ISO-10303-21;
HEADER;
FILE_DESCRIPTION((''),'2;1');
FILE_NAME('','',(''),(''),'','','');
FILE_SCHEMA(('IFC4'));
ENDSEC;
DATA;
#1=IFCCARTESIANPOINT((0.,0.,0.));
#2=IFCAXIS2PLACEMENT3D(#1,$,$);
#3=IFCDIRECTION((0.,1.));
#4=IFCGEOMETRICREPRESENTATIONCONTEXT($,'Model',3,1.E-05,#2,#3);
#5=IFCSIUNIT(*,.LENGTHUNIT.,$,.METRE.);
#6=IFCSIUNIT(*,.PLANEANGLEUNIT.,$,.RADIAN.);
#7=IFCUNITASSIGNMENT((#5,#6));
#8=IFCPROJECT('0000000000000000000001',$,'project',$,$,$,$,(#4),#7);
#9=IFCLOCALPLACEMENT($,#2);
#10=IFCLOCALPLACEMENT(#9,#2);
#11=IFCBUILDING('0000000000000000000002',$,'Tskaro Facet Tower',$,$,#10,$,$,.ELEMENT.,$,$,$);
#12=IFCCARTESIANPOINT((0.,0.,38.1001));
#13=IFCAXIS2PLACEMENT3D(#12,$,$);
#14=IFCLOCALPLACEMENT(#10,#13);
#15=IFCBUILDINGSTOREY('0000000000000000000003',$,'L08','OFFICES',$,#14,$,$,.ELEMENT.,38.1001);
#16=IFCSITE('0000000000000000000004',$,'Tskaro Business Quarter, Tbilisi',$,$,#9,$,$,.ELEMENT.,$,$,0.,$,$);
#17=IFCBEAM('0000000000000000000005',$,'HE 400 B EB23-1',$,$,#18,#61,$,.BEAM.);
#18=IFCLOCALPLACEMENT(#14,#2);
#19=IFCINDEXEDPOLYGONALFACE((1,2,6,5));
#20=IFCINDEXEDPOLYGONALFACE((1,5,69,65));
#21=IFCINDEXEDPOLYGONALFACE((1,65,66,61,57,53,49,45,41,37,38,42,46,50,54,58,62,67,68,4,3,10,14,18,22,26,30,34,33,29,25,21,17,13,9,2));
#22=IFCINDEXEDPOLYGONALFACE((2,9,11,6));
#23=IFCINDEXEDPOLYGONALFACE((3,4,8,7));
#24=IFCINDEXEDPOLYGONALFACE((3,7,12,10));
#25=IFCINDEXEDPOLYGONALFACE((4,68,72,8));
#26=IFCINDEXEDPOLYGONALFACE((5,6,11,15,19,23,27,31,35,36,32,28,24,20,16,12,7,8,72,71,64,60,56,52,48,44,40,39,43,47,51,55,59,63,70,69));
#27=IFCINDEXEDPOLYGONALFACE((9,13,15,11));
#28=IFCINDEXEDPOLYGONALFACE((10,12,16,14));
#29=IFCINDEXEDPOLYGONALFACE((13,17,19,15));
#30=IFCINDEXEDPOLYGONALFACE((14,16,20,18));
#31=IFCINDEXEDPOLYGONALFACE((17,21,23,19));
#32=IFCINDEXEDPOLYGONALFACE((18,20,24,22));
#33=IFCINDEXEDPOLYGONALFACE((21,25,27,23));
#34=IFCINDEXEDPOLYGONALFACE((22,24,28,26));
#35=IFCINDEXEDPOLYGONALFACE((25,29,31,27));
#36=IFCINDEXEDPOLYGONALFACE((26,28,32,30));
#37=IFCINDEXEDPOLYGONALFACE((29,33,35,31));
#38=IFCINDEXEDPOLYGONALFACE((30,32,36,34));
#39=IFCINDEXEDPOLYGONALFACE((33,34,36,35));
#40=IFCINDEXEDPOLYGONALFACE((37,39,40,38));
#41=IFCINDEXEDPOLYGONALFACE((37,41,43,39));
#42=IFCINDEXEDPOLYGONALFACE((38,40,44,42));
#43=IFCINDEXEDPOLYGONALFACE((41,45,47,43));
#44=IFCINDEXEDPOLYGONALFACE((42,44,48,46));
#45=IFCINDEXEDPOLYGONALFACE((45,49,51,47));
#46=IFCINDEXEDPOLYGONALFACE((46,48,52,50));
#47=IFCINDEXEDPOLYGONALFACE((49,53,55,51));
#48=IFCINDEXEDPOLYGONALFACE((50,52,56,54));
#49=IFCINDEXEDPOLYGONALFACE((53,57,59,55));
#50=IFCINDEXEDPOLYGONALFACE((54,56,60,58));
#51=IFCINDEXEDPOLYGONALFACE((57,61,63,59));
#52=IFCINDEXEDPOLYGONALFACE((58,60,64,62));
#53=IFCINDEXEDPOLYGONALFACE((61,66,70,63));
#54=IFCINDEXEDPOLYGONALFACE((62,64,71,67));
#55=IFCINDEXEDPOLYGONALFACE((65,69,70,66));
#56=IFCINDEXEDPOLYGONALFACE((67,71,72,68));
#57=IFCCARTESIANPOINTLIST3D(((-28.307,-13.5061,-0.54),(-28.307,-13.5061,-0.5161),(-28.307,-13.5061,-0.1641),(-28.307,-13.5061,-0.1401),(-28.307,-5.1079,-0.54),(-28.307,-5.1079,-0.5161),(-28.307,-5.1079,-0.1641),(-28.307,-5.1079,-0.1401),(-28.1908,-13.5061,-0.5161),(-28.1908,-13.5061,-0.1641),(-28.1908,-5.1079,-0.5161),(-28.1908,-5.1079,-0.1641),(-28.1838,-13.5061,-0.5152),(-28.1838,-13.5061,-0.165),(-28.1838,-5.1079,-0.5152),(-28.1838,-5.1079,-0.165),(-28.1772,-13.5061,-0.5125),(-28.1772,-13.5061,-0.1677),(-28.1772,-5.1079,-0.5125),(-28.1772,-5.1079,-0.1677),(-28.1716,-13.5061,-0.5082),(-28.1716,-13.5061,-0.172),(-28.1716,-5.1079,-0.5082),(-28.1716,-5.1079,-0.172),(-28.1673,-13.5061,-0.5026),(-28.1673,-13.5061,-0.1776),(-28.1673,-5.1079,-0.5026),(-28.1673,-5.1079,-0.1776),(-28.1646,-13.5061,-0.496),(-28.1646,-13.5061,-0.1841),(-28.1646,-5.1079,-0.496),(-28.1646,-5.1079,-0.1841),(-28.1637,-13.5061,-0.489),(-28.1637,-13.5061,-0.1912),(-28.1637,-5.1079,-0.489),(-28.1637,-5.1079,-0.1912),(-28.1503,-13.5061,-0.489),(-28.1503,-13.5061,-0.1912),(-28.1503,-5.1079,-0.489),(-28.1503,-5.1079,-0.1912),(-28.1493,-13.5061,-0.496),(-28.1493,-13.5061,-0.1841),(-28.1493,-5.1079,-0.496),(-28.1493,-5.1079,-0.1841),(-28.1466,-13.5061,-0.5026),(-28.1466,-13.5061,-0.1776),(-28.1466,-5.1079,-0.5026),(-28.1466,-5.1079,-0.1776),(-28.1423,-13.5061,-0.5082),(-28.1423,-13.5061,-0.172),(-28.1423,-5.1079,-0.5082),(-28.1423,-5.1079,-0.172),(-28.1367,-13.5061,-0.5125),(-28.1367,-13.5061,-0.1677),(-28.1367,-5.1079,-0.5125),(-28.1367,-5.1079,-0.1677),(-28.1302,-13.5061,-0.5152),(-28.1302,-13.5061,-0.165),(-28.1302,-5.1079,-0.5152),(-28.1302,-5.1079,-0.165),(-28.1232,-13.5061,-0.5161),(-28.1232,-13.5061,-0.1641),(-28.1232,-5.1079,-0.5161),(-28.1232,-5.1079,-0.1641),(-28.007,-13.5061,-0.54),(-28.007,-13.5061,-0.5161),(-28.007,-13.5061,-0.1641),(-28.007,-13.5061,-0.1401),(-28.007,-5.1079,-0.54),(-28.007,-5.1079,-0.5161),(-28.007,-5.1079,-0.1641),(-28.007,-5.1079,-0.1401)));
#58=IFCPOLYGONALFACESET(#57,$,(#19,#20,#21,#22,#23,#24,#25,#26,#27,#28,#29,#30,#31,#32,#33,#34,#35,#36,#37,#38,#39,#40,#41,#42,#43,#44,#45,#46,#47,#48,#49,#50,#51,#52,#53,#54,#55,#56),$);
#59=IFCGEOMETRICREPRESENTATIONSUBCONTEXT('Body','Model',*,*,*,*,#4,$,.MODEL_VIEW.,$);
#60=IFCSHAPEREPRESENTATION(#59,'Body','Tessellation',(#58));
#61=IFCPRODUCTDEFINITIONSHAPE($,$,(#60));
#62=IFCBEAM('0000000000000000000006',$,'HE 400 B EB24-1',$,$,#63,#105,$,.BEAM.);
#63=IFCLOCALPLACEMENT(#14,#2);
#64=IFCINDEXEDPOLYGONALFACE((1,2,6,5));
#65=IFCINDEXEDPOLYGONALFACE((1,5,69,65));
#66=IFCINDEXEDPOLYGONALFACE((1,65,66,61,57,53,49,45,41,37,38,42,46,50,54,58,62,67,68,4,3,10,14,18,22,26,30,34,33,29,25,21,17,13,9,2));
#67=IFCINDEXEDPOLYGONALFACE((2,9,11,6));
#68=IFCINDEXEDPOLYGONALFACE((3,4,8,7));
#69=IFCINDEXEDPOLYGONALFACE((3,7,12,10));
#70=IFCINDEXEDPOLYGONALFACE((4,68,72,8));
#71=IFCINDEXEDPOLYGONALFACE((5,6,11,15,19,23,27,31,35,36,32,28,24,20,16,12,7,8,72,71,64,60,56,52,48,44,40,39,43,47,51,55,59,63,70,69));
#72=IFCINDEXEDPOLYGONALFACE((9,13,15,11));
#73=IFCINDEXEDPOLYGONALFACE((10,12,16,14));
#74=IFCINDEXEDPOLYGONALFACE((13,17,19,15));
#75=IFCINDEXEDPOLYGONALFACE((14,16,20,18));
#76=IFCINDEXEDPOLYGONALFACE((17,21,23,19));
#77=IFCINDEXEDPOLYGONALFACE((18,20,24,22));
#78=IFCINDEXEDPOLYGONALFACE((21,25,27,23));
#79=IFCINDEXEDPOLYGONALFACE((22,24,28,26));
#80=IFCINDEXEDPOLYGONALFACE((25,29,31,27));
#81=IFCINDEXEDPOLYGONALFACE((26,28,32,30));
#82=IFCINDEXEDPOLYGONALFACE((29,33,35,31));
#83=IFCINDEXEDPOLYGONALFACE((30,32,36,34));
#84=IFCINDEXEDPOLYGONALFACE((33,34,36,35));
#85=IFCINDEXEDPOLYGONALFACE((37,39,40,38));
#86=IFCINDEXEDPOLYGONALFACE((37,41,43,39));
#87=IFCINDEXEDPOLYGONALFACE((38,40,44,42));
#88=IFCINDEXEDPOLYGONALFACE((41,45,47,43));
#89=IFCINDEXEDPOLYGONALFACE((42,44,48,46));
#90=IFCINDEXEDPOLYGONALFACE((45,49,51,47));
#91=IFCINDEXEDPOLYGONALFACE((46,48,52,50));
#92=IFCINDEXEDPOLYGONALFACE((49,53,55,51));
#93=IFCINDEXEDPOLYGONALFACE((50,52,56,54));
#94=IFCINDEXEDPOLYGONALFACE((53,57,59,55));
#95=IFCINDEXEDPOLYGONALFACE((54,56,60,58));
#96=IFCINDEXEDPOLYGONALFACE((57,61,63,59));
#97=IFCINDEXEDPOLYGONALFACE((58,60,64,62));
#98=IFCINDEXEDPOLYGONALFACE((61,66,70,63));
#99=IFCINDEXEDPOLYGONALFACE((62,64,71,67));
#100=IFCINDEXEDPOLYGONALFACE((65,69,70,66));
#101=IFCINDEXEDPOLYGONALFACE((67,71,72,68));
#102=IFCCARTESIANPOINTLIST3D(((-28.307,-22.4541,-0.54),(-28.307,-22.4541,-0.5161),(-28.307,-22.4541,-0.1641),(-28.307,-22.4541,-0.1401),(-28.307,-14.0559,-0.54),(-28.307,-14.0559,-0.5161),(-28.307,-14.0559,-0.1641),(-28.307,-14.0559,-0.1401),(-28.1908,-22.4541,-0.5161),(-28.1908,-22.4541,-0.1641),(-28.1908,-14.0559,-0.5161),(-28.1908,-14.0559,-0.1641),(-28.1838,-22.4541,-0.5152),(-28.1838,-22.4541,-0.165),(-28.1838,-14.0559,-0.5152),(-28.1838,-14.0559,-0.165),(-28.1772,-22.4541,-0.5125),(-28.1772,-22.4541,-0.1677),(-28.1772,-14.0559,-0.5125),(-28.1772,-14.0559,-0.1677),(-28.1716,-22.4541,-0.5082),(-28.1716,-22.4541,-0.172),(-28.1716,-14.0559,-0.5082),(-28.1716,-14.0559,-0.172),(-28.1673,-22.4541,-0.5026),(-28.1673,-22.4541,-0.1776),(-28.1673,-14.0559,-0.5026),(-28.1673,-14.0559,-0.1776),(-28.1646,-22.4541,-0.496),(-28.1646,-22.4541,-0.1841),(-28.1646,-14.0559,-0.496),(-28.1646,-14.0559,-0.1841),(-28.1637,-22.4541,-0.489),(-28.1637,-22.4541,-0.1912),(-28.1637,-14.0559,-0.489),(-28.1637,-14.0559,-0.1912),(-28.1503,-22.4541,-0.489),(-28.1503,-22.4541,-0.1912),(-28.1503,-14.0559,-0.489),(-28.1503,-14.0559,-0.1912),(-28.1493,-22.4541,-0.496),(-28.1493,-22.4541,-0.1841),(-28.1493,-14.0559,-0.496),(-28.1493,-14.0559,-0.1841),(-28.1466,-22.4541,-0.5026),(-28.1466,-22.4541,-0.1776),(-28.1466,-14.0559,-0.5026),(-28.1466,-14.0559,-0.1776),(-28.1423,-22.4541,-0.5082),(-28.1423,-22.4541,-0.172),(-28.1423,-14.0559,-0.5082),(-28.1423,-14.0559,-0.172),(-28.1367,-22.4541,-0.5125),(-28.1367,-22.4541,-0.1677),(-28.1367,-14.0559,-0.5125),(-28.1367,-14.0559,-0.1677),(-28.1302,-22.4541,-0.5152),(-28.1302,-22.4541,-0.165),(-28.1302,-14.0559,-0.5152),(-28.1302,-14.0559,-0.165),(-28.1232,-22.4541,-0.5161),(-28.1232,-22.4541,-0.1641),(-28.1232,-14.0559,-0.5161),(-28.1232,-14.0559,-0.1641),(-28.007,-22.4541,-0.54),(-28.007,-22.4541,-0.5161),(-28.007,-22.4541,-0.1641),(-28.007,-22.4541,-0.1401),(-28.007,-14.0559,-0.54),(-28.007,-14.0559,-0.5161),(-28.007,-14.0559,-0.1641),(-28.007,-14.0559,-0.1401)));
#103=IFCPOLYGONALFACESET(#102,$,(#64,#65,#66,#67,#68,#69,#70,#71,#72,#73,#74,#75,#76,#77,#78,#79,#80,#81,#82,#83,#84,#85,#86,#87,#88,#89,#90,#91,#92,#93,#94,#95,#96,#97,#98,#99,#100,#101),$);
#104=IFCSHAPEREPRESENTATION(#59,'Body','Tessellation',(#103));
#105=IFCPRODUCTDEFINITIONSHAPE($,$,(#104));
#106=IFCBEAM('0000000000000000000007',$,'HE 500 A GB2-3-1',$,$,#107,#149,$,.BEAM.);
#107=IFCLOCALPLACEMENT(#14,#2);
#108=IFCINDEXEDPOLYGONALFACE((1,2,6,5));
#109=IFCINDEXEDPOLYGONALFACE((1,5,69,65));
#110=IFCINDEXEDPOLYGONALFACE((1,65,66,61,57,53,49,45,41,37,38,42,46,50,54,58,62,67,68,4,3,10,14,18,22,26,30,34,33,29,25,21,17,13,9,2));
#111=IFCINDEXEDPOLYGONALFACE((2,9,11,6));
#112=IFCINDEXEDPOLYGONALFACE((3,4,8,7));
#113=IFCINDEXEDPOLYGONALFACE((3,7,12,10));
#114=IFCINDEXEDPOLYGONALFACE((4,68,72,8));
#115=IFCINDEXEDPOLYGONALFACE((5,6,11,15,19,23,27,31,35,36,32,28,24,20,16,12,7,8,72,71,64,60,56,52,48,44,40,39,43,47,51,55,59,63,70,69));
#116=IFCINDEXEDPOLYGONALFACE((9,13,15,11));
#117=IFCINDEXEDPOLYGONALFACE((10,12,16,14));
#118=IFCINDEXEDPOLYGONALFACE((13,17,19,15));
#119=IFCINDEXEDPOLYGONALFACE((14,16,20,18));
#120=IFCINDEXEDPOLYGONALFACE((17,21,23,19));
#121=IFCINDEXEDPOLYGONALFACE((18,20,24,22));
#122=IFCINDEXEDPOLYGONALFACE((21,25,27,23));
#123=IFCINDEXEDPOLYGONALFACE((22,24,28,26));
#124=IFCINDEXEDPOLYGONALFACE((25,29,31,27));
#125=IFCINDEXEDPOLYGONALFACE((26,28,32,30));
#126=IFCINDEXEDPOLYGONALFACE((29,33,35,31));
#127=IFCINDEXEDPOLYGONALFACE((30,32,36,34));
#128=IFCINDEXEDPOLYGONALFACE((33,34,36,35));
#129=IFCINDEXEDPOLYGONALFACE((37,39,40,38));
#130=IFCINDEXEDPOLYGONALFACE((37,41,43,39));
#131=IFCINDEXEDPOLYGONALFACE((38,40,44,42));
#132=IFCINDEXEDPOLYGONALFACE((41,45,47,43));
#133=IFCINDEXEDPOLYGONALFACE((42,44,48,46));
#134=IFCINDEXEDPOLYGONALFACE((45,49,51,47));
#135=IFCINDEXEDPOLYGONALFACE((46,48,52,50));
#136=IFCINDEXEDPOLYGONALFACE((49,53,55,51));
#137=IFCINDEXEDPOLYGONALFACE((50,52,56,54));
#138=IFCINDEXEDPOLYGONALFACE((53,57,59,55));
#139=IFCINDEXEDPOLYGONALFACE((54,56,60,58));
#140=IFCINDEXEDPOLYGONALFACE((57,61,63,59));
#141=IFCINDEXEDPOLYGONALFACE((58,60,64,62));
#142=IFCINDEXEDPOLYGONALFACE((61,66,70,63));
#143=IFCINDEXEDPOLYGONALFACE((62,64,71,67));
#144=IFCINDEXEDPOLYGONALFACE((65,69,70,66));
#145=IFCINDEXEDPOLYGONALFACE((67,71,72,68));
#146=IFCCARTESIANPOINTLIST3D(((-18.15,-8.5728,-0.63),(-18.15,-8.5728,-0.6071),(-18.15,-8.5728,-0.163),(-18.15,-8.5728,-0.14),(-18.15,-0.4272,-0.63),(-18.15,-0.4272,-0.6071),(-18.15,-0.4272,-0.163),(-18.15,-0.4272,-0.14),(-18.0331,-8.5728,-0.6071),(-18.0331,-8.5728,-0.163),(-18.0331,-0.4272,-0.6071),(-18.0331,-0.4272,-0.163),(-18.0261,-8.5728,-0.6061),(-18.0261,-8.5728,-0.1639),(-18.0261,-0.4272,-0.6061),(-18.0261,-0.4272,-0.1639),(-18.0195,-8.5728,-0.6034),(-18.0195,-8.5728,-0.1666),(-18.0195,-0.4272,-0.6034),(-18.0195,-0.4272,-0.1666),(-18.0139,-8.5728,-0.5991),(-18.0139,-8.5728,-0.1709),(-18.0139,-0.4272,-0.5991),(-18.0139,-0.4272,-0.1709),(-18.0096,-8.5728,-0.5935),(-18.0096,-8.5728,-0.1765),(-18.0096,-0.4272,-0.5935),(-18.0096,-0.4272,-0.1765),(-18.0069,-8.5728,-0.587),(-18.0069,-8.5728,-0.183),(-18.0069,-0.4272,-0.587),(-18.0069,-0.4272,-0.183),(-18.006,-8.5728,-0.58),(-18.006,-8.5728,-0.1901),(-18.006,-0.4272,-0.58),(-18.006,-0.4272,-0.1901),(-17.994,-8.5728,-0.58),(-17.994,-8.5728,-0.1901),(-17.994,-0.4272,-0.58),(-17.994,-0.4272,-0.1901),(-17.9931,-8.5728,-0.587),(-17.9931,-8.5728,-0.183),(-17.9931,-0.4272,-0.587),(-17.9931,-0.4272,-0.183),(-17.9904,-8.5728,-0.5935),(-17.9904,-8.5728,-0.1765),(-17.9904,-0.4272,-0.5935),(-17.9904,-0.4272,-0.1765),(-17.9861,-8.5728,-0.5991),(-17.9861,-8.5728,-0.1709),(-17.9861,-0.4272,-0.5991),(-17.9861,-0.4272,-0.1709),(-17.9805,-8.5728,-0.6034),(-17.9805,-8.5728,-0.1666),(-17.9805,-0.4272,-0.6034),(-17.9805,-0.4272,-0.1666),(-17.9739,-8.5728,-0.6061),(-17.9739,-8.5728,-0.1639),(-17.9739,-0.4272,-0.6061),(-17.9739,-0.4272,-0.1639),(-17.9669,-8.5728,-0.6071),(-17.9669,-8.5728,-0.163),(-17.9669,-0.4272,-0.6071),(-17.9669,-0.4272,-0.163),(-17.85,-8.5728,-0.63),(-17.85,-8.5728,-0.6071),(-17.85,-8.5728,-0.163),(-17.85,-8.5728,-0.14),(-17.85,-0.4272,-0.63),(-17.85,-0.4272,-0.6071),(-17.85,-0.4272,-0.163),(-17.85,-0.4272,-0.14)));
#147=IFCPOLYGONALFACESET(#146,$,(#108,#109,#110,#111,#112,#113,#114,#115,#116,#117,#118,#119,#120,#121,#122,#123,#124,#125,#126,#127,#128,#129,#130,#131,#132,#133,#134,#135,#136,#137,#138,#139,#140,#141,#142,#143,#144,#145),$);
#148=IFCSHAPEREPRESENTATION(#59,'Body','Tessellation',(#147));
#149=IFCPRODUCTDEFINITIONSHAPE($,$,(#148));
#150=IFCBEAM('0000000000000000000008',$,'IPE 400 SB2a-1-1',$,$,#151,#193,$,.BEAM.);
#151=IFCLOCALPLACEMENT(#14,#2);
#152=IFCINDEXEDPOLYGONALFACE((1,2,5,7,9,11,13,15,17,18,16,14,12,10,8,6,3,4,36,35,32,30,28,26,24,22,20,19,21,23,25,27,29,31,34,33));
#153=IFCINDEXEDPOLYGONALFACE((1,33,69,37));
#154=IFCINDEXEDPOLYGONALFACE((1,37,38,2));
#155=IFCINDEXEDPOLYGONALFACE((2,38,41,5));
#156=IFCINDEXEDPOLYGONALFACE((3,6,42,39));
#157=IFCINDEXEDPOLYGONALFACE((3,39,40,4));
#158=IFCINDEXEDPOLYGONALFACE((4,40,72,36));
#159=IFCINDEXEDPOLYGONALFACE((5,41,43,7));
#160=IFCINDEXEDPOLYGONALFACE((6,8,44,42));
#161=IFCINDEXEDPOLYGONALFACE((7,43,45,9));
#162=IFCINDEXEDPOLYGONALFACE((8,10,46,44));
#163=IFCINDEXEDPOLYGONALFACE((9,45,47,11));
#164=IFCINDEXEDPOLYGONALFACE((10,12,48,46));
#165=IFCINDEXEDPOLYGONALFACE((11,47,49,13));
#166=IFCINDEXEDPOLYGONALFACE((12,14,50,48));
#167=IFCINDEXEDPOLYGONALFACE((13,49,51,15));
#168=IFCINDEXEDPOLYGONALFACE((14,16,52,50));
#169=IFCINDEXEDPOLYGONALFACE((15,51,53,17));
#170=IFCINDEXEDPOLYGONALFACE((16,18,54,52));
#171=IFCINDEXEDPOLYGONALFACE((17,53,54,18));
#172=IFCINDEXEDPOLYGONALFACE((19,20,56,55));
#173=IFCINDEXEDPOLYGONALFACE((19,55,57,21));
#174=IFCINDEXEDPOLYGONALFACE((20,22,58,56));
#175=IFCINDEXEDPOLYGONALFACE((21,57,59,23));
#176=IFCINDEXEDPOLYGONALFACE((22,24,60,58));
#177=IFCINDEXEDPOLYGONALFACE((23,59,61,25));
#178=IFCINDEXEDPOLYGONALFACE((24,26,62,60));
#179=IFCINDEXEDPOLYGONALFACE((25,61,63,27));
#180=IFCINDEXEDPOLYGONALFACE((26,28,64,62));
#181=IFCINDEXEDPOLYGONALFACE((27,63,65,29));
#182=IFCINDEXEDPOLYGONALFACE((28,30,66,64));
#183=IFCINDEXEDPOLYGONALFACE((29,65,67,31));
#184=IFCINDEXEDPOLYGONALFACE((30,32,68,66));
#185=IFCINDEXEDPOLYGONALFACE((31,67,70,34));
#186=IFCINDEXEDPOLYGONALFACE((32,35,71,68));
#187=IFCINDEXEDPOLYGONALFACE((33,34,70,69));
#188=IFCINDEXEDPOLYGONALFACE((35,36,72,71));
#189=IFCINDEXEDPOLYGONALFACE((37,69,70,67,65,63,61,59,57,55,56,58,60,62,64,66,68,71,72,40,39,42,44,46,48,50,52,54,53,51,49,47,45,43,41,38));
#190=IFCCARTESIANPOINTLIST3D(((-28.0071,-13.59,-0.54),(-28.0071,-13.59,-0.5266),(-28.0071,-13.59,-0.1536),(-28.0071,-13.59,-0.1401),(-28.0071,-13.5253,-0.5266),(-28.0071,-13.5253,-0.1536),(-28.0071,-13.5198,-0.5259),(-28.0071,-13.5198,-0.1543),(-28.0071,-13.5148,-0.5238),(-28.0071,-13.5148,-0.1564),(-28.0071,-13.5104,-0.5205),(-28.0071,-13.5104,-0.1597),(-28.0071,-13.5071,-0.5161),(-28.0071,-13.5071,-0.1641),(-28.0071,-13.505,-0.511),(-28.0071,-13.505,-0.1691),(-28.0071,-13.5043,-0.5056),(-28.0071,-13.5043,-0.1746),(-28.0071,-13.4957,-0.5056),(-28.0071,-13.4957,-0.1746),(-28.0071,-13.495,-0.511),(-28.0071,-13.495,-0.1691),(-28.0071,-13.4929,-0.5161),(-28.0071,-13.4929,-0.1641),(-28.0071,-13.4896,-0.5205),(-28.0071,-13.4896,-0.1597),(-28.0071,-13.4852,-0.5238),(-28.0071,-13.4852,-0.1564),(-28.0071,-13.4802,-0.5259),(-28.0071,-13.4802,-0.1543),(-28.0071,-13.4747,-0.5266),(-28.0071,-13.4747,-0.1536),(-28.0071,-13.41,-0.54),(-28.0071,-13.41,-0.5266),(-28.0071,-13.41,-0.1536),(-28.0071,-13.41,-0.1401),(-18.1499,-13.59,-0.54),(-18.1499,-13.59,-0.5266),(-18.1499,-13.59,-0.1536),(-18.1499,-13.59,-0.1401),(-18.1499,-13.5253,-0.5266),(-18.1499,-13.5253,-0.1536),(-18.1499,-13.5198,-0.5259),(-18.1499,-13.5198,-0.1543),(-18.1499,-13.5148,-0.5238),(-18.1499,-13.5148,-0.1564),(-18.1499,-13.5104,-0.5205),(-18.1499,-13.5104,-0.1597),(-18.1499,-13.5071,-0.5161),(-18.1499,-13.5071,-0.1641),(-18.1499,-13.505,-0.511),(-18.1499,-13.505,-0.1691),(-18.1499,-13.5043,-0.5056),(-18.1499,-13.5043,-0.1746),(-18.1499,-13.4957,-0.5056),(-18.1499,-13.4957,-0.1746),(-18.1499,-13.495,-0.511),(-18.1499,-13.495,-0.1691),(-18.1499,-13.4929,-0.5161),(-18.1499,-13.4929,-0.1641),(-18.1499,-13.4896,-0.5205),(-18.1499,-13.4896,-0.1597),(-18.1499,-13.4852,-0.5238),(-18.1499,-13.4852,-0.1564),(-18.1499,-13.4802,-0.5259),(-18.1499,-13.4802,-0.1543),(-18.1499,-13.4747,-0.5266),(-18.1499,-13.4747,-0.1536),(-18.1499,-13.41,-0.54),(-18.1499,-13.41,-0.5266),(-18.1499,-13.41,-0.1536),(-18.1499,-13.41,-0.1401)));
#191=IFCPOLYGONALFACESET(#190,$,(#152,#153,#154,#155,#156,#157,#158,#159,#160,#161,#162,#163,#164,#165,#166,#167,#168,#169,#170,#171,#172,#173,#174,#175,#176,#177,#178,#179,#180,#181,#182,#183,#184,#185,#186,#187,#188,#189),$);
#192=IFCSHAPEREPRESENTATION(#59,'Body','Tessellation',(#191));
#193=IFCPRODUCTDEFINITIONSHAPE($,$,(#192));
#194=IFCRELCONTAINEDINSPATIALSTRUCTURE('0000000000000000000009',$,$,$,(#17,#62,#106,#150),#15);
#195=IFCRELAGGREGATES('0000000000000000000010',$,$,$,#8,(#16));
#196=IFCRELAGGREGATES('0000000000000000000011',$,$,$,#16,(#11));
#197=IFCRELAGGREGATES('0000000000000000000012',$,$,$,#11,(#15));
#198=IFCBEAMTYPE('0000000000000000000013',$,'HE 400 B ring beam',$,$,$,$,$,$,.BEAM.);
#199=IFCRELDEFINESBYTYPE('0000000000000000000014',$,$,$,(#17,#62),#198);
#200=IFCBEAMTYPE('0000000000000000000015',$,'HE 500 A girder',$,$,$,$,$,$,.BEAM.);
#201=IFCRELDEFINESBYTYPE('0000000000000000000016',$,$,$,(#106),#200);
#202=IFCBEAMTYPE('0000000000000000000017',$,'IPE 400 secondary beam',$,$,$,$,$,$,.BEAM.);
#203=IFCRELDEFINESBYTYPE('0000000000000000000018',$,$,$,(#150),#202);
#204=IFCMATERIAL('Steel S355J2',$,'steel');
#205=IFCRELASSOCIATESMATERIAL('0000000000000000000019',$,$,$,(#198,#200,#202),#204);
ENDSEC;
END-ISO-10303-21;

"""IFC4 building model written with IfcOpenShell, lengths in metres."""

from ifc_helpers import new_model, si_unit, direction, frame, origin, origin_2d, place, context, subcontext, project, spatial, i_section, extrude, material, material_profile, profile_set, type_object, element, save


model = new_model("IFC4")

# Units and contexts
model_context = context("Model", 3, precision=1e-05, world=origin(), true_north=direction((0.0, 1.0)))
body_context = subcontext(model_context, "Body", "Model", "MODEL_VIEW")
ifc_project = project(units=[si_unit("LENGTHUNIT", "METRE"), si_unit("PLANEANGLEUNIT", "RADIAN")], contexts=[model_context])

# Site, building, storey
site_placement = place(None, origin())
site = spatial("IfcSite", under=ifc_project, at=site_placement, Name="Tskaro Business Quarter, Tbilisi", CompositionType="ELEMENT", RefElevation=0.0)
building_placement = place(site_placement, origin())
building = spatial("IfcBuilding", under=site, at=building_placement, Name="Tskaro Facet Tower", CompositionType="ELEMENT")
storey_placement = place(building_placement, frame((0.0, 0.0, 38.1001)))
storey = spatial("IfcBuildingStorey", under=building, at=storey_placement, Name="L08", Description="OFFICES", CompositionType="ELEMENT", Elevation=38.1001)

# Beams
ifc_material_1 = material(Name="Steel S355J2", Category="steel")
ifc_material_profile_1 = material_profile(ifc_material_1, i_section(OverallWidth=0.3, OverallDepth=0.3999, WebThickness=0.0134, FlangeThickness=0.0239, FilletRadius=0.0271, at=origin_2d()), Name="HE 400 B")
ifc_profile_set_1 = profile_set([ifc_material_profile_1], Name="Steel S355J2")
beam_type_1 = type_object("IfcBeamType", Name="HE 400 B ring beam", PredefinedType="BEAM", material=ifc_profile_set_1)
for number, where, z_axis, x_axis, name in (
    (1, (-28.157, -5.1079, -0.3401), (0.0, -1.0, 0.0), (1.0, 0.0, 0.0), "HE 400 B EB23-1"),
    (2, (-28.157, -14.0559, -0.3401), (0.0, -1.0, 0.0), (1.0, 0.0, 0.0), "HE 400 B EB24-1"),
):
    element("IfcBeam", number, at=place(storey_placement, frame(where, z_axis=z_axis, x_axis=x_axis)), inside=storey, type_object=beam_type_1, Name=name, PredefinedType="BEAM", context=body_context, shape_type="SweptSolid", body=[
        extrude(i_section(OverallWidth=0.3, OverallDepth=0.3999, WebThickness=0.0134, FlangeThickness=0.0239, FilletRadius=0.0271, at=origin_2d()), origin(), (0.0, 0.0, 1.0), 8.3982),
    ])
ifc_material_profile_2 = material_profile(ifc_material_1, i_section(OverallWidth=0.3, OverallDepth=0.49, WebThickness=0.012, FlangeThickness=0.0229, FilletRadius=0.0271, at=origin_2d()), Name="HE 500 A")
ifc_profile_set_2 = profile_set([ifc_material_profile_2], Name="Steel S355J2")
beam_type_2 = type_object("IfcBeamType", Name="HE 500 A girder", PredefinedType="BEAM", material=ifc_profile_set_2)
beam_placement = place(storey_placement, frame((-18.0, -8.5728, -0.385), z_axis=(0.0, 1.0, 0.0), x_axis=(-1.0, 0.0, 0.0)))
element("IfcBeam", 3, at=beam_placement, inside=storey, type_object=beam_type_2, Name="HE 500 A GB2-3-1", PredefinedType="BEAM", context=body_context, shape_type="SweptSolid", body=[
    extrude(i_section(OverallWidth=0.3, OverallDepth=0.49, WebThickness=0.012, FlangeThickness=0.0229, FilletRadius=0.0271, at=origin_2d()), origin(), (0.0, 0.0, 1.0), 8.1455),
])
ifc_material_profile_3 = material_profile(ifc_material_1, i_section(OverallWidth=0.1799, OverallDepth=0.3999, WebThickness=0.0085, FlangeThickness=0.0134, FilletRadius=0.021, at=origin_2d()), Name="IPE 400")
ifc_profile_set_3 = profile_set([ifc_material_profile_3], Name="Steel S355J2")
beam_type_3 = type_object("IfcBeamType", Name="IPE 400 secondary beam", PredefinedType="BEAM", material=ifc_profile_set_3)
for number, where, z_axis, x_axis, name in (
    (4, (-28.0071, -13.5, -0.3401), (1.0, 0.0, 0.0), (0.0, 1.0, 0.0), "IPE 400 SB2a-1-1"),
):
    element("IfcBeam", number, at=place(storey_placement, frame(where, z_axis=z_axis, x_axis=x_axis)), inside=storey, type_object=beam_type_3, Name=name, PredefinedType="BEAM", context=body_context, shape_type="SweptSolid", body=[
        extrude(i_section(OverallWidth=0.1799, OverallDepth=0.3999, WebThickness=0.0085, FlangeThickness=0.0134, FilletRadius=0.021, at=origin_2d()), origin(), (0.0, 0.0, 1.0), 9.8572),
    ])

save(model, "model.ifc")
